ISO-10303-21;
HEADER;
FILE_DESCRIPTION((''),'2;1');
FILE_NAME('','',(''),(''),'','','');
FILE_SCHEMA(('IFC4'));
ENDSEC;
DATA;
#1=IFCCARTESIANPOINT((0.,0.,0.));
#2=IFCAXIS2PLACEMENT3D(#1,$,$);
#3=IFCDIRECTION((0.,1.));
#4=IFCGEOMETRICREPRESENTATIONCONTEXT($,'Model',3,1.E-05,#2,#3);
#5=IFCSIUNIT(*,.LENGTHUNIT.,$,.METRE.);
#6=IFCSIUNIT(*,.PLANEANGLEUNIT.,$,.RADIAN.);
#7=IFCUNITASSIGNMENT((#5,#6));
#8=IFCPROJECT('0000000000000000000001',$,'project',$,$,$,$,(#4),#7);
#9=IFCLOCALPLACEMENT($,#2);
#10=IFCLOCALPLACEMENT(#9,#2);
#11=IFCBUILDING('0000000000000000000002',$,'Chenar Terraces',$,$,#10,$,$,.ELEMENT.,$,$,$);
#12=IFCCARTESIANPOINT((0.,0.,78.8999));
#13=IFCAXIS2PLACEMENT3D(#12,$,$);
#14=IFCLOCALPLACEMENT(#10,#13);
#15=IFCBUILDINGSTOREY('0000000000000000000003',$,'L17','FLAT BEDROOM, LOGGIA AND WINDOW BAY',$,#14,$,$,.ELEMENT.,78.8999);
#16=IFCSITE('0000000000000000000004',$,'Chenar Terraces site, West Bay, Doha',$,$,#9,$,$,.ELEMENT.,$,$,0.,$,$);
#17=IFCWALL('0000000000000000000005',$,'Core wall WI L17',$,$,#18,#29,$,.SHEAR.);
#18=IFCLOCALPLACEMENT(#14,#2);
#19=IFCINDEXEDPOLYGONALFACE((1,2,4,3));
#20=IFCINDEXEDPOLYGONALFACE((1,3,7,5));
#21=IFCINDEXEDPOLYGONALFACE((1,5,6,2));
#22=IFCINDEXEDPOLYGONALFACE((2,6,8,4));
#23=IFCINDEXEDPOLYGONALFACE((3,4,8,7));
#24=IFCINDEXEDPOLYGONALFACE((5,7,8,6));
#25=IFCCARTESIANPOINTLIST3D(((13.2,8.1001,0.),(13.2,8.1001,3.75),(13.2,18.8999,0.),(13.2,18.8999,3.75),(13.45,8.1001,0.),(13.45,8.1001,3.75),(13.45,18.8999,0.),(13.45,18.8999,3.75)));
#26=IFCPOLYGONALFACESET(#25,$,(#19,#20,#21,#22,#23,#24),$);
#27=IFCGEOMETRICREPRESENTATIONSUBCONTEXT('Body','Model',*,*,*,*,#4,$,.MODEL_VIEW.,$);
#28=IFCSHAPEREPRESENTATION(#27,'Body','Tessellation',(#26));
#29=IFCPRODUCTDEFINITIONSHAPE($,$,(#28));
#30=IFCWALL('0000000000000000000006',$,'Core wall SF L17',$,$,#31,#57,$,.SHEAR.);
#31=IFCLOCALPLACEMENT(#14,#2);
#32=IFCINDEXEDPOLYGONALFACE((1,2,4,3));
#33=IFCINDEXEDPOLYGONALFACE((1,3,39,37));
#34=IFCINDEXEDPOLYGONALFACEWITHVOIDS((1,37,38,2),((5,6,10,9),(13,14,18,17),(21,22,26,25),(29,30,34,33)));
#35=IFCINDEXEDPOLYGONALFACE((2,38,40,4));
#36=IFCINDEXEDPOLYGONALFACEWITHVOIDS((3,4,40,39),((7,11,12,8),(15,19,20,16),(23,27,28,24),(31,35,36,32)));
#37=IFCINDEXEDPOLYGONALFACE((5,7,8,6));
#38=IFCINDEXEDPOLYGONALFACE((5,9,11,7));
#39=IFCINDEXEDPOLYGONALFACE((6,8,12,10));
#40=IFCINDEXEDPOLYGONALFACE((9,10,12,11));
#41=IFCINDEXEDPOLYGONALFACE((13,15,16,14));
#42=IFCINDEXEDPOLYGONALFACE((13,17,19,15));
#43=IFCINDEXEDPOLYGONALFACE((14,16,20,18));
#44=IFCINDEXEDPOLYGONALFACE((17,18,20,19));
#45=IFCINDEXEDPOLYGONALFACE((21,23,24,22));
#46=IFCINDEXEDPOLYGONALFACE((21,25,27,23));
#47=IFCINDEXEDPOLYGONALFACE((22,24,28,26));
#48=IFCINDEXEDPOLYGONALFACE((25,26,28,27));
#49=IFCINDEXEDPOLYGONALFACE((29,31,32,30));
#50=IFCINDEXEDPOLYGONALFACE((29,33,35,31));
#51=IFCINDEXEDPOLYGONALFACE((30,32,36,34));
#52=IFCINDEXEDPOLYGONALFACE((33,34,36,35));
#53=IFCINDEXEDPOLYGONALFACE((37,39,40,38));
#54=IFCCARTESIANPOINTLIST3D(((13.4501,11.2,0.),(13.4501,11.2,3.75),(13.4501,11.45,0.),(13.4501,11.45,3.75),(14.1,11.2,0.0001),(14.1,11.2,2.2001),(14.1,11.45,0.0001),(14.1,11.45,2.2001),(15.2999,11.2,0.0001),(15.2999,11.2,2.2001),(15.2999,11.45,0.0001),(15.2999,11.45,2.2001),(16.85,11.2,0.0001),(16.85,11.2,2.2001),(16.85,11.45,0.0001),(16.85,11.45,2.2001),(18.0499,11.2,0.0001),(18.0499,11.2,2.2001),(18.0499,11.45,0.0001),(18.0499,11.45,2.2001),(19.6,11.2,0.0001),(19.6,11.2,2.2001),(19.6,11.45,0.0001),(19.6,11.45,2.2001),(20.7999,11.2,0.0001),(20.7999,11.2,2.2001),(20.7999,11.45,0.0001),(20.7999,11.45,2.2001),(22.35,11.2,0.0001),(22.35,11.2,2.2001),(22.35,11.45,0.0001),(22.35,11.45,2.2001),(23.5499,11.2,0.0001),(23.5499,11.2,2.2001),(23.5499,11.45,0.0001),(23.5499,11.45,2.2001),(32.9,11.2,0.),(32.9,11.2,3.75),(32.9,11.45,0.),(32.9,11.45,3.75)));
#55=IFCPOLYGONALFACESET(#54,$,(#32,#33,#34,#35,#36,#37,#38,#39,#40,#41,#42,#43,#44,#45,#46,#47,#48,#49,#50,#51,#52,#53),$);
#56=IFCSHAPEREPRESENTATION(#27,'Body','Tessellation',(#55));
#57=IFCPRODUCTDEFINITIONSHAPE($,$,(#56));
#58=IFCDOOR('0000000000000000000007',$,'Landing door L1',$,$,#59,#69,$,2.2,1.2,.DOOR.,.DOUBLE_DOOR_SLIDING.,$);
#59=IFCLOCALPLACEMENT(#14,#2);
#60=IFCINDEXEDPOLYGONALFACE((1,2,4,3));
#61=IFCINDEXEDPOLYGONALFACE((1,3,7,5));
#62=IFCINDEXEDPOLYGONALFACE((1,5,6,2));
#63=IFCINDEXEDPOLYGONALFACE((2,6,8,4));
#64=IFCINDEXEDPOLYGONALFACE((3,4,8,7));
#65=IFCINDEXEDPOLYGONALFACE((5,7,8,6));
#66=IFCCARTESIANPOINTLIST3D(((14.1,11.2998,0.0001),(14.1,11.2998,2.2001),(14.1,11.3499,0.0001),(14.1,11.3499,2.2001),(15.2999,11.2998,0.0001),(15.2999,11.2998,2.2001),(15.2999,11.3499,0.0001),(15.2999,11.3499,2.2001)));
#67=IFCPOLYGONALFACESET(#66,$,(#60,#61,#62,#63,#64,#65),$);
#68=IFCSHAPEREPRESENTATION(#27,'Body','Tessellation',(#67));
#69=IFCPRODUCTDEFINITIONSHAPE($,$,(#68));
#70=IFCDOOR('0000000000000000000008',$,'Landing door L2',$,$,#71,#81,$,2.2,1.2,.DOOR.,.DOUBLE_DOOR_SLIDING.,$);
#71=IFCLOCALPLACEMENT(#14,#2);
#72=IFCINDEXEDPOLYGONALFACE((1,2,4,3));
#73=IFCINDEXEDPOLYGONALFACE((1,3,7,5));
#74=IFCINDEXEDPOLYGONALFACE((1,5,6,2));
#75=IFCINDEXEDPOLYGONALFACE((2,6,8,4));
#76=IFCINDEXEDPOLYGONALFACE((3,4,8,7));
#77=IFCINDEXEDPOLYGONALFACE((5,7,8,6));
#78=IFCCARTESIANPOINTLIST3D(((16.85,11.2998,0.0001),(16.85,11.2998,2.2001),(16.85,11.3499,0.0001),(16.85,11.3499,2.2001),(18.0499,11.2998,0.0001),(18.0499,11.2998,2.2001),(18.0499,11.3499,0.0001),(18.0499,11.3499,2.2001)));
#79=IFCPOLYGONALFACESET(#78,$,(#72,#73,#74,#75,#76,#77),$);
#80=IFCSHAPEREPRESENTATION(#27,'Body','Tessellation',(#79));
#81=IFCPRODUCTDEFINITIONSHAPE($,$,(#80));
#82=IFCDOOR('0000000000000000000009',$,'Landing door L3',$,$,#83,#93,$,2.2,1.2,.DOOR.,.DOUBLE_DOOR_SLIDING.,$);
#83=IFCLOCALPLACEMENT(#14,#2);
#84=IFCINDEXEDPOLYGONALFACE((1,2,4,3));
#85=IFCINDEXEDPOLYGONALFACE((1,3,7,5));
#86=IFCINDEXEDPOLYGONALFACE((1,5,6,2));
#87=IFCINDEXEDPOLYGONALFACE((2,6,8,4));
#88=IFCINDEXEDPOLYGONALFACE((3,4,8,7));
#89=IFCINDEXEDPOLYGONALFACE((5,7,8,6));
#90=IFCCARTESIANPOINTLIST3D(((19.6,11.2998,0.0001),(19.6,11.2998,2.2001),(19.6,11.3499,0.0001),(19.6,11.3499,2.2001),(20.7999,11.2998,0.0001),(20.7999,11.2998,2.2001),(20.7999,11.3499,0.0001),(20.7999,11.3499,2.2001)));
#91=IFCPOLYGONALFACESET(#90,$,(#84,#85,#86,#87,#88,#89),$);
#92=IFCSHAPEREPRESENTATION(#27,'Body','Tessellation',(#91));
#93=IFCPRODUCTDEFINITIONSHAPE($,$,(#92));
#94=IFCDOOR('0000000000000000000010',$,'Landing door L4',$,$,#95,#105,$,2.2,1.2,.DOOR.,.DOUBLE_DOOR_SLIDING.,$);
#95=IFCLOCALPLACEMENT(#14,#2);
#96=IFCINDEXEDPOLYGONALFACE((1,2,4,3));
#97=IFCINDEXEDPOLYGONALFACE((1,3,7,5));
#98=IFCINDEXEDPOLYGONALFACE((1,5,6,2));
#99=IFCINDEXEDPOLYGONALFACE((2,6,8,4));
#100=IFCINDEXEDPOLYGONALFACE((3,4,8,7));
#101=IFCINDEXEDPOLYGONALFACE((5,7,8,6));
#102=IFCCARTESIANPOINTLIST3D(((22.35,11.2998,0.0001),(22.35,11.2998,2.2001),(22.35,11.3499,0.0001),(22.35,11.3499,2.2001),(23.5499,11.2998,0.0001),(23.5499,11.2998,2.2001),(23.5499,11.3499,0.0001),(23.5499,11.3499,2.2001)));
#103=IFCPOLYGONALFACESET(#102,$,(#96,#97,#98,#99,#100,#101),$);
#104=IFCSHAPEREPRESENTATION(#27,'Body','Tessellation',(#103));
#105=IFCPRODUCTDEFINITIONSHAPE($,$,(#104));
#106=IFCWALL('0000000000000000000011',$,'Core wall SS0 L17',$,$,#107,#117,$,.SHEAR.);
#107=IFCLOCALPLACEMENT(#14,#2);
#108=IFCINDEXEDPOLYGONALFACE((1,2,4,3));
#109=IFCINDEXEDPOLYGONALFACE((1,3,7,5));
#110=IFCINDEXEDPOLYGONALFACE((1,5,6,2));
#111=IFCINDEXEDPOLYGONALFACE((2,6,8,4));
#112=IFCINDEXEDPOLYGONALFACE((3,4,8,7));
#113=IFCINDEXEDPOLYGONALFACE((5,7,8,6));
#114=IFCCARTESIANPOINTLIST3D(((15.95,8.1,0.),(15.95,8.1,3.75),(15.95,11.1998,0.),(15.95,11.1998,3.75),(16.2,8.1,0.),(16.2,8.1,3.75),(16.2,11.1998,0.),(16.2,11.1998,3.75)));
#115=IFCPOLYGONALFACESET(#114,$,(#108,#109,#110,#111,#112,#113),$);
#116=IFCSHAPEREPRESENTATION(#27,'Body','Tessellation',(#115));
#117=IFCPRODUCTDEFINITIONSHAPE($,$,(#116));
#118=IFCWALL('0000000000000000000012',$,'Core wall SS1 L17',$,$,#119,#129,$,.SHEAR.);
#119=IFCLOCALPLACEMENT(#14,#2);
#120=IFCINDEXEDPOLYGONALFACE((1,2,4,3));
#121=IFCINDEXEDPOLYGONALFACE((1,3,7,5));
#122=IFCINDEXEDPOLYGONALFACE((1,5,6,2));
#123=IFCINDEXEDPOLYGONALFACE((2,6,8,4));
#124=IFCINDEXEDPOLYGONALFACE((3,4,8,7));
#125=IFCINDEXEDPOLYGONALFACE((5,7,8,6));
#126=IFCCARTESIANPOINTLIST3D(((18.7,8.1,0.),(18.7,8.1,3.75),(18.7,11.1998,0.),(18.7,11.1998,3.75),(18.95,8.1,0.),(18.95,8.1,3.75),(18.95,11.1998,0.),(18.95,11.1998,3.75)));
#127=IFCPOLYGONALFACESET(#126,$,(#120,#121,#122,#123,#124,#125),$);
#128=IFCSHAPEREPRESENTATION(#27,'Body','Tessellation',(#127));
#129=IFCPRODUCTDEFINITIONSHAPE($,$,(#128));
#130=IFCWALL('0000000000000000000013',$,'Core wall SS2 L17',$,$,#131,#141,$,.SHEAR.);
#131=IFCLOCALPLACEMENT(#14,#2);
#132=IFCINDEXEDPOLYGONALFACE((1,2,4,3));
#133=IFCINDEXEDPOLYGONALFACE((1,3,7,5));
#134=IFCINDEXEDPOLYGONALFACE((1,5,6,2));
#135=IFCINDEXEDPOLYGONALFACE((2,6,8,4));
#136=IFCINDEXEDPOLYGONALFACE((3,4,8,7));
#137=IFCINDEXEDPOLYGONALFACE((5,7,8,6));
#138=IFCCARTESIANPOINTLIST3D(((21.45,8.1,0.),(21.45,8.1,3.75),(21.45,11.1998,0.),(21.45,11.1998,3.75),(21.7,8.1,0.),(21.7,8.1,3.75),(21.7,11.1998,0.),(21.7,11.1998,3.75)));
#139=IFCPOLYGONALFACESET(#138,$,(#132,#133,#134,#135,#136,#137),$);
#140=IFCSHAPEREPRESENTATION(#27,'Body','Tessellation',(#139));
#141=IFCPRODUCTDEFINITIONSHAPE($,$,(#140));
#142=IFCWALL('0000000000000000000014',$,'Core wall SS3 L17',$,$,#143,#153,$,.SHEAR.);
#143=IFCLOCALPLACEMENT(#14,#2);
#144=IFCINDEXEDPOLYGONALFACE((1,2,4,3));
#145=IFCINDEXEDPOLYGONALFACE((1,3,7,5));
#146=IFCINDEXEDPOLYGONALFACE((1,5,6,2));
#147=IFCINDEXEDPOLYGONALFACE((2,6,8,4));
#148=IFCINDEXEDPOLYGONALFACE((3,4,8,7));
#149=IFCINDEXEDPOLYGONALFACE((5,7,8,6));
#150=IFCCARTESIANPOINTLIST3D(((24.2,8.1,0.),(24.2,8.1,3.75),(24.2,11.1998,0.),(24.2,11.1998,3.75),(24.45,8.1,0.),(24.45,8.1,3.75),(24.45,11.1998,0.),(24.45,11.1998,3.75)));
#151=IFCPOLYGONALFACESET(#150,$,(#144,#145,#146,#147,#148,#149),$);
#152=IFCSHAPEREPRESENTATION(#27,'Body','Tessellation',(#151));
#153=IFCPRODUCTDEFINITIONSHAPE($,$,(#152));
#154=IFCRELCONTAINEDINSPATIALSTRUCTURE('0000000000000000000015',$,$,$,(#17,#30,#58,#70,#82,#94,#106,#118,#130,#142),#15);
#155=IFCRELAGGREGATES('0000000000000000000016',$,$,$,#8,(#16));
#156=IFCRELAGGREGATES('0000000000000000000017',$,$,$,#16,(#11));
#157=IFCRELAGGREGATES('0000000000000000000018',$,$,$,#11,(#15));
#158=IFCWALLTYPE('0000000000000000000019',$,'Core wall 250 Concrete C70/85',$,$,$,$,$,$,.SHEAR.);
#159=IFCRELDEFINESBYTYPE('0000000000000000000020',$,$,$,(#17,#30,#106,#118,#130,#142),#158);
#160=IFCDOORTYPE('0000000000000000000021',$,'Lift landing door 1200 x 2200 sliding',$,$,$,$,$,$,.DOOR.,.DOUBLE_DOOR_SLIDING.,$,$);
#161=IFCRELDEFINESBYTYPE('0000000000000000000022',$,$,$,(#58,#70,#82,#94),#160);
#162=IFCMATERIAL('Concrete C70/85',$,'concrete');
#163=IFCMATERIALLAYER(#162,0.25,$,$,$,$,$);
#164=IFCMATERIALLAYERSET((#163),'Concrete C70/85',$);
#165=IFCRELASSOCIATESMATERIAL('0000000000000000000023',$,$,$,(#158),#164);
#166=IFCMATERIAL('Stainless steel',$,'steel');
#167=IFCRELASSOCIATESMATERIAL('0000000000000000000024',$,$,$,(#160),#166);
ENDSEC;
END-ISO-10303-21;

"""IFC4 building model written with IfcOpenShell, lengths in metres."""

from ifc_helpers import new_model, si_unit, direction, frame, frame_2d, origin, place, context, subcontext, project, spatial, rectangle, extrude, material, layer, layer_set, type_object, element, fill, save


model = new_model("IFC4")

# Units and contexts
model_context = context("Model", 3, precision=1e-05, world=origin(), true_north=direction((0.0, 1.0)))
body_context = subcontext(model_context, "Body", "Model", "MODEL_VIEW")
ifc_project = project(units=[si_unit("LENGTHUNIT", "METRE"), si_unit("PLANEANGLEUNIT", "RADIAN")], contexts=[model_context])

# Site, building, storey
site_placement = place(None, origin())
site = spatial("IfcSite", under=ifc_project, at=site_placement, Name="Chenar Terraces site, West Bay, Doha", CompositionType="ELEMENT", RefElevation=0.0)
building_placement = place(site_placement, origin())
building = spatial("IfcBuilding", under=site, at=building_placement, Name="Chenar Terraces", CompositionType="ELEMENT")
storey_placement = place(building_placement, frame((0.0, 0.0, 78.8999)))
storey = spatial("IfcBuildingStorey", under=building, at=storey_placement, Name="L17", Description="FLAT BEDROOM, LOGGIA AND WINDOW BAY", CompositionType="ELEMENT", Elevation=78.8999)

# Wall
ifc_material_1 = material(Name="Concrete C70/85", Category="concrete")
ifc_layer_1 = layer(ifc_material_1, 0.25)
ifc_layer_set_1 = layer_set([ifc_layer_1], Name="Concrete C70/85")
wall_type_1 = type_object("IfcWallType", Name="Core wall 250 Concrete C70/85", PredefinedType="SHEAR", material=ifc_layer_set_1)
wall_1_placement = place(storey_placement, frame((13.325, 8.1001, 0.0), z_axis=(0.0, 0.0, 1.0), x_axis=(0.0, 1.0, 0.0)))
element("IfcWall", 1, at=wall_1_placement, inside=storey, type_object=wall_type_1, Name="Core wall WI L17", PredefinedType="SHEAR", context=body_context, shape_type="SweptSolid", body=[
    extrude(rectangle(XDim=10.7998, YDim=0.25, at=frame_2d((5.3999, 0.0))), origin(), (0.0, 0.0, 1.0), 3.75),
])

# Wall, openings, doors
wall_2_placement = place(storey_placement, frame((13.45, 11.325, 0.0), z_axis=(0.0, 0.0, 1.0), x_axis=(1.0, 0.0, 0.0)))
wall_2 = element("IfcWall", 2, at=wall_2_placement, inside=storey, type_object=wall_type_1, Name="Core wall SF L17", PredefinedType="SHEAR", context=body_context, shape_type="SweptSolid", body=[
    extrude(rectangle(XDim=19.45, YDim=0.25, at=frame_2d((9.7251, 0.0))), origin(), (0.0, 0.0, 1.0), 3.75),
])
opening_1_placement = place(wall_2_placement, frame((0.6499, 0.0, 0.0)))
opening_1 = element("IfcOpeningElement", 3, at=opening_1_placement, cuts=wall_2, PredefinedType="OPENING", context=body_context, shape_type="SweptSolid", body=[
    extrude(rectangle(XDim=1.2, YDim=2.2, at=frame_2d((0.6001, 1.1001))), frame((0.0, 0.135, 0.0), z_axis=(0.0, -1.0, 0.0), x_axis=(1.0, 0.0, 0.0)), (0.0, 0.0, 1.0), 0.27),
])
opening_2_placement = place(wall_2_placement, frame((3.3999, 0.0, 0.0)))
opening_2 = element("IfcOpeningElement", 4, at=opening_2_placement, cuts=wall_2, PredefinedType="OPENING", context=body_context, shape_type="SweptSolid", body=[
    extrude(rectangle(XDim=1.2, YDim=2.2, at=frame_2d((0.6001, 1.1001))), frame((0.0, 0.135, 0.0), z_axis=(0.0, -1.0, 0.0), x_axis=(1.0, 0.0, 0.0)), (0.0, 0.0, 1.0), 0.27),
])
opening_3_placement = place(wall_2_placement, frame((6.1499, 0.0, 0.0)))
opening_3 = element("IfcOpeningElement", 5, at=opening_3_placement, cuts=wall_2, PredefinedType="OPENING", context=body_context, shape_type="SweptSolid", body=[
    extrude(rectangle(XDim=1.2, YDim=2.2, at=frame_2d((0.6001, 1.1001))), frame((0.0, 0.135, 0.0), z_axis=(0.0, -1.0, 0.0), x_axis=(1.0, 0.0, 0.0)), (0.0, 0.0, 1.0), 0.27),
])
opening_4_placement = place(wall_2_placement, frame((8.8999, 0.0, 0.0)))
opening_4 = element("IfcOpeningElement", 6, at=opening_4_placement, cuts=wall_2, PredefinedType="OPENING", context=body_context, shape_type="SweptSolid", body=[
    extrude(rectangle(XDim=1.2, YDim=2.2, at=frame_2d((0.6001, 1.1001))), frame((0.0, 0.135, 0.0), z_axis=(0.0, -1.0, 0.0), x_axis=(1.0, 0.0, 0.0)), (0.0, 0.0, 1.0), 0.27),
])
ifc_material_2 = material(Name="Stainless steel", Category="steel")
door_type_1 = type_object("IfcDoorType", Name="Lift landing door 1200 x 2200 sliding", OperationType="DOUBLE_DOOR_SLIDING", PredefinedType="DOOR", material=ifc_material_2)
door_1_placement = place(opening_1_placement, origin())
door_1 = element("IfcDoor", 7, at=door_1_placement, inside=storey, type_object=door_type_1, Name="Landing door L1", OperationType="DOUBLE_DOOR_SLIDING", OverallHeight=2.2, OverallWidth=1.2, PredefinedType="DOOR", context=body_context, shape_type="SweptSolid", body=[
    extrude(rectangle(XDim=1.2, YDim=2.2, at=frame_2d((0.6001, 1.1001))), frame((0.0, 0.0249, 0.0), z_axis=(0.0, -1.0, 0.0), x_axis=(1.0, 0.0, 0.0)), (0.0, 0.0, 1.0), 0.05),
])
fill(opening_1, door_1)
door_2_placement = place(opening_2_placement, origin())
door_2 = element("IfcDoor", 8, at=door_2_placement, inside=storey, type_object=door_type_1, Name="Landing door L2", OperationType="DOUBLE_DOOR_SLIDING", OverallHeight=2.2, OverallWidth=1.2, PredefinedType="DOOR", context=body_context, shape_type="SweptSolid", body=[
    extrude(rectangle(XDim=1.2, YDim=2.2, at=frame_2d((0.6001, 1.1001))), frame((0.0, 0.0249, 0.0), z_axis=(0.0, -1.0, 0.0), x_axis=(1.0, 0.0, 0.0)), (0.0, 0.0, 1.0), 0.05),
])
fill(opening_2, door_2)
door_3_placement = place(opening_3_placement, origin())
door_3 = element("IfcDoor", 9, at=door_3_placement, inside=storey, type_object=door_type_1, Name="Landing door L3", OperationType="DOUBLE_DOOR_SLIDING", OverallHeight=2.2, OverallWidth=1.2, PredefinedType="DOOR", context=body_context, shape_type="SweptSolid", body=[
    extrude(rectangle(XDim=1.2, YDim=2.2, at=frame_2d((0.6001, 1.1001))), frame((0.0, 0.0249, 0.0), z_axis=(0.0, -1.0, 0.0), x_axis=(1.0, 0.0, 0.0)), (0.0, 0.0, 1.0), 0.05),
])
fill(opening_3, door_3)
door_4_placement = place(opening_4_placement, origin())
door_4 = element("IfcDoor", 10, at=door_4_placement, inside=storey, type_object=door_type_1, Name="Landing door L4", OperationType="DOUBLE_DOOR_SLIDING", OverallHeight=2.2, OverallWidth=1.2, PredefinedType="DOOR", context=body_context, shape_type="SweptSolid", body=[
    extrude(rectangle(XDim=1.2, YDim=2.2, at=frame_2d((0.6001, 1.1001))), frame((0.0, 0.0249, 0.0), z_axis=(0.0, -1.0, 0.0), x_axis=(1.0, 0.0, 0.0)), (0.0, 0.0, 1.0), 0.05),
])
fill(opening_4, door_4)

# Walls
for number, where, z_axis, x_axis, name in (
    (11, (16.075, 8.1001, 0.0), (0.0, 0.0, 1.0), (0.0, 1.0, 0.0), "Core wall SS0 L17"),
    (12, (18.825, 8.1001, 0.0), (0.0, 0.0, 1.0), (0.0, 1.0, 0.0), "Core wall SS1 L17"),
    (13, (21.575, 8.1001, 0.0), (0.0, 0.0, 1.0), (0.0, 1.0, 0.0), "Core wall SS2 L17"),
    (14, (24.325, 8.1001, 0.0), (0.0, 0.0, 1.0), (0.0, 1.0, 0.0), "Core wall SS3 L17"),
):
    element("IfcWall", number, at=place(storey_placement, frame(where, z_axis=z_axis, x_axis=x_axis)), inside=storey, type_object=wall_type_1, Name=name, PredefinedType="SHEAR", context=body_context, shape_type="SweptSolid", body=[
        extrude(rectangle(XDim=3.0999, YDim=0.25, at=frame_2d((1.5498, 0.0))), origin(), (0.0, 0.0, 1.0), 3.75),
    ])

save(model, "model.ifc")
